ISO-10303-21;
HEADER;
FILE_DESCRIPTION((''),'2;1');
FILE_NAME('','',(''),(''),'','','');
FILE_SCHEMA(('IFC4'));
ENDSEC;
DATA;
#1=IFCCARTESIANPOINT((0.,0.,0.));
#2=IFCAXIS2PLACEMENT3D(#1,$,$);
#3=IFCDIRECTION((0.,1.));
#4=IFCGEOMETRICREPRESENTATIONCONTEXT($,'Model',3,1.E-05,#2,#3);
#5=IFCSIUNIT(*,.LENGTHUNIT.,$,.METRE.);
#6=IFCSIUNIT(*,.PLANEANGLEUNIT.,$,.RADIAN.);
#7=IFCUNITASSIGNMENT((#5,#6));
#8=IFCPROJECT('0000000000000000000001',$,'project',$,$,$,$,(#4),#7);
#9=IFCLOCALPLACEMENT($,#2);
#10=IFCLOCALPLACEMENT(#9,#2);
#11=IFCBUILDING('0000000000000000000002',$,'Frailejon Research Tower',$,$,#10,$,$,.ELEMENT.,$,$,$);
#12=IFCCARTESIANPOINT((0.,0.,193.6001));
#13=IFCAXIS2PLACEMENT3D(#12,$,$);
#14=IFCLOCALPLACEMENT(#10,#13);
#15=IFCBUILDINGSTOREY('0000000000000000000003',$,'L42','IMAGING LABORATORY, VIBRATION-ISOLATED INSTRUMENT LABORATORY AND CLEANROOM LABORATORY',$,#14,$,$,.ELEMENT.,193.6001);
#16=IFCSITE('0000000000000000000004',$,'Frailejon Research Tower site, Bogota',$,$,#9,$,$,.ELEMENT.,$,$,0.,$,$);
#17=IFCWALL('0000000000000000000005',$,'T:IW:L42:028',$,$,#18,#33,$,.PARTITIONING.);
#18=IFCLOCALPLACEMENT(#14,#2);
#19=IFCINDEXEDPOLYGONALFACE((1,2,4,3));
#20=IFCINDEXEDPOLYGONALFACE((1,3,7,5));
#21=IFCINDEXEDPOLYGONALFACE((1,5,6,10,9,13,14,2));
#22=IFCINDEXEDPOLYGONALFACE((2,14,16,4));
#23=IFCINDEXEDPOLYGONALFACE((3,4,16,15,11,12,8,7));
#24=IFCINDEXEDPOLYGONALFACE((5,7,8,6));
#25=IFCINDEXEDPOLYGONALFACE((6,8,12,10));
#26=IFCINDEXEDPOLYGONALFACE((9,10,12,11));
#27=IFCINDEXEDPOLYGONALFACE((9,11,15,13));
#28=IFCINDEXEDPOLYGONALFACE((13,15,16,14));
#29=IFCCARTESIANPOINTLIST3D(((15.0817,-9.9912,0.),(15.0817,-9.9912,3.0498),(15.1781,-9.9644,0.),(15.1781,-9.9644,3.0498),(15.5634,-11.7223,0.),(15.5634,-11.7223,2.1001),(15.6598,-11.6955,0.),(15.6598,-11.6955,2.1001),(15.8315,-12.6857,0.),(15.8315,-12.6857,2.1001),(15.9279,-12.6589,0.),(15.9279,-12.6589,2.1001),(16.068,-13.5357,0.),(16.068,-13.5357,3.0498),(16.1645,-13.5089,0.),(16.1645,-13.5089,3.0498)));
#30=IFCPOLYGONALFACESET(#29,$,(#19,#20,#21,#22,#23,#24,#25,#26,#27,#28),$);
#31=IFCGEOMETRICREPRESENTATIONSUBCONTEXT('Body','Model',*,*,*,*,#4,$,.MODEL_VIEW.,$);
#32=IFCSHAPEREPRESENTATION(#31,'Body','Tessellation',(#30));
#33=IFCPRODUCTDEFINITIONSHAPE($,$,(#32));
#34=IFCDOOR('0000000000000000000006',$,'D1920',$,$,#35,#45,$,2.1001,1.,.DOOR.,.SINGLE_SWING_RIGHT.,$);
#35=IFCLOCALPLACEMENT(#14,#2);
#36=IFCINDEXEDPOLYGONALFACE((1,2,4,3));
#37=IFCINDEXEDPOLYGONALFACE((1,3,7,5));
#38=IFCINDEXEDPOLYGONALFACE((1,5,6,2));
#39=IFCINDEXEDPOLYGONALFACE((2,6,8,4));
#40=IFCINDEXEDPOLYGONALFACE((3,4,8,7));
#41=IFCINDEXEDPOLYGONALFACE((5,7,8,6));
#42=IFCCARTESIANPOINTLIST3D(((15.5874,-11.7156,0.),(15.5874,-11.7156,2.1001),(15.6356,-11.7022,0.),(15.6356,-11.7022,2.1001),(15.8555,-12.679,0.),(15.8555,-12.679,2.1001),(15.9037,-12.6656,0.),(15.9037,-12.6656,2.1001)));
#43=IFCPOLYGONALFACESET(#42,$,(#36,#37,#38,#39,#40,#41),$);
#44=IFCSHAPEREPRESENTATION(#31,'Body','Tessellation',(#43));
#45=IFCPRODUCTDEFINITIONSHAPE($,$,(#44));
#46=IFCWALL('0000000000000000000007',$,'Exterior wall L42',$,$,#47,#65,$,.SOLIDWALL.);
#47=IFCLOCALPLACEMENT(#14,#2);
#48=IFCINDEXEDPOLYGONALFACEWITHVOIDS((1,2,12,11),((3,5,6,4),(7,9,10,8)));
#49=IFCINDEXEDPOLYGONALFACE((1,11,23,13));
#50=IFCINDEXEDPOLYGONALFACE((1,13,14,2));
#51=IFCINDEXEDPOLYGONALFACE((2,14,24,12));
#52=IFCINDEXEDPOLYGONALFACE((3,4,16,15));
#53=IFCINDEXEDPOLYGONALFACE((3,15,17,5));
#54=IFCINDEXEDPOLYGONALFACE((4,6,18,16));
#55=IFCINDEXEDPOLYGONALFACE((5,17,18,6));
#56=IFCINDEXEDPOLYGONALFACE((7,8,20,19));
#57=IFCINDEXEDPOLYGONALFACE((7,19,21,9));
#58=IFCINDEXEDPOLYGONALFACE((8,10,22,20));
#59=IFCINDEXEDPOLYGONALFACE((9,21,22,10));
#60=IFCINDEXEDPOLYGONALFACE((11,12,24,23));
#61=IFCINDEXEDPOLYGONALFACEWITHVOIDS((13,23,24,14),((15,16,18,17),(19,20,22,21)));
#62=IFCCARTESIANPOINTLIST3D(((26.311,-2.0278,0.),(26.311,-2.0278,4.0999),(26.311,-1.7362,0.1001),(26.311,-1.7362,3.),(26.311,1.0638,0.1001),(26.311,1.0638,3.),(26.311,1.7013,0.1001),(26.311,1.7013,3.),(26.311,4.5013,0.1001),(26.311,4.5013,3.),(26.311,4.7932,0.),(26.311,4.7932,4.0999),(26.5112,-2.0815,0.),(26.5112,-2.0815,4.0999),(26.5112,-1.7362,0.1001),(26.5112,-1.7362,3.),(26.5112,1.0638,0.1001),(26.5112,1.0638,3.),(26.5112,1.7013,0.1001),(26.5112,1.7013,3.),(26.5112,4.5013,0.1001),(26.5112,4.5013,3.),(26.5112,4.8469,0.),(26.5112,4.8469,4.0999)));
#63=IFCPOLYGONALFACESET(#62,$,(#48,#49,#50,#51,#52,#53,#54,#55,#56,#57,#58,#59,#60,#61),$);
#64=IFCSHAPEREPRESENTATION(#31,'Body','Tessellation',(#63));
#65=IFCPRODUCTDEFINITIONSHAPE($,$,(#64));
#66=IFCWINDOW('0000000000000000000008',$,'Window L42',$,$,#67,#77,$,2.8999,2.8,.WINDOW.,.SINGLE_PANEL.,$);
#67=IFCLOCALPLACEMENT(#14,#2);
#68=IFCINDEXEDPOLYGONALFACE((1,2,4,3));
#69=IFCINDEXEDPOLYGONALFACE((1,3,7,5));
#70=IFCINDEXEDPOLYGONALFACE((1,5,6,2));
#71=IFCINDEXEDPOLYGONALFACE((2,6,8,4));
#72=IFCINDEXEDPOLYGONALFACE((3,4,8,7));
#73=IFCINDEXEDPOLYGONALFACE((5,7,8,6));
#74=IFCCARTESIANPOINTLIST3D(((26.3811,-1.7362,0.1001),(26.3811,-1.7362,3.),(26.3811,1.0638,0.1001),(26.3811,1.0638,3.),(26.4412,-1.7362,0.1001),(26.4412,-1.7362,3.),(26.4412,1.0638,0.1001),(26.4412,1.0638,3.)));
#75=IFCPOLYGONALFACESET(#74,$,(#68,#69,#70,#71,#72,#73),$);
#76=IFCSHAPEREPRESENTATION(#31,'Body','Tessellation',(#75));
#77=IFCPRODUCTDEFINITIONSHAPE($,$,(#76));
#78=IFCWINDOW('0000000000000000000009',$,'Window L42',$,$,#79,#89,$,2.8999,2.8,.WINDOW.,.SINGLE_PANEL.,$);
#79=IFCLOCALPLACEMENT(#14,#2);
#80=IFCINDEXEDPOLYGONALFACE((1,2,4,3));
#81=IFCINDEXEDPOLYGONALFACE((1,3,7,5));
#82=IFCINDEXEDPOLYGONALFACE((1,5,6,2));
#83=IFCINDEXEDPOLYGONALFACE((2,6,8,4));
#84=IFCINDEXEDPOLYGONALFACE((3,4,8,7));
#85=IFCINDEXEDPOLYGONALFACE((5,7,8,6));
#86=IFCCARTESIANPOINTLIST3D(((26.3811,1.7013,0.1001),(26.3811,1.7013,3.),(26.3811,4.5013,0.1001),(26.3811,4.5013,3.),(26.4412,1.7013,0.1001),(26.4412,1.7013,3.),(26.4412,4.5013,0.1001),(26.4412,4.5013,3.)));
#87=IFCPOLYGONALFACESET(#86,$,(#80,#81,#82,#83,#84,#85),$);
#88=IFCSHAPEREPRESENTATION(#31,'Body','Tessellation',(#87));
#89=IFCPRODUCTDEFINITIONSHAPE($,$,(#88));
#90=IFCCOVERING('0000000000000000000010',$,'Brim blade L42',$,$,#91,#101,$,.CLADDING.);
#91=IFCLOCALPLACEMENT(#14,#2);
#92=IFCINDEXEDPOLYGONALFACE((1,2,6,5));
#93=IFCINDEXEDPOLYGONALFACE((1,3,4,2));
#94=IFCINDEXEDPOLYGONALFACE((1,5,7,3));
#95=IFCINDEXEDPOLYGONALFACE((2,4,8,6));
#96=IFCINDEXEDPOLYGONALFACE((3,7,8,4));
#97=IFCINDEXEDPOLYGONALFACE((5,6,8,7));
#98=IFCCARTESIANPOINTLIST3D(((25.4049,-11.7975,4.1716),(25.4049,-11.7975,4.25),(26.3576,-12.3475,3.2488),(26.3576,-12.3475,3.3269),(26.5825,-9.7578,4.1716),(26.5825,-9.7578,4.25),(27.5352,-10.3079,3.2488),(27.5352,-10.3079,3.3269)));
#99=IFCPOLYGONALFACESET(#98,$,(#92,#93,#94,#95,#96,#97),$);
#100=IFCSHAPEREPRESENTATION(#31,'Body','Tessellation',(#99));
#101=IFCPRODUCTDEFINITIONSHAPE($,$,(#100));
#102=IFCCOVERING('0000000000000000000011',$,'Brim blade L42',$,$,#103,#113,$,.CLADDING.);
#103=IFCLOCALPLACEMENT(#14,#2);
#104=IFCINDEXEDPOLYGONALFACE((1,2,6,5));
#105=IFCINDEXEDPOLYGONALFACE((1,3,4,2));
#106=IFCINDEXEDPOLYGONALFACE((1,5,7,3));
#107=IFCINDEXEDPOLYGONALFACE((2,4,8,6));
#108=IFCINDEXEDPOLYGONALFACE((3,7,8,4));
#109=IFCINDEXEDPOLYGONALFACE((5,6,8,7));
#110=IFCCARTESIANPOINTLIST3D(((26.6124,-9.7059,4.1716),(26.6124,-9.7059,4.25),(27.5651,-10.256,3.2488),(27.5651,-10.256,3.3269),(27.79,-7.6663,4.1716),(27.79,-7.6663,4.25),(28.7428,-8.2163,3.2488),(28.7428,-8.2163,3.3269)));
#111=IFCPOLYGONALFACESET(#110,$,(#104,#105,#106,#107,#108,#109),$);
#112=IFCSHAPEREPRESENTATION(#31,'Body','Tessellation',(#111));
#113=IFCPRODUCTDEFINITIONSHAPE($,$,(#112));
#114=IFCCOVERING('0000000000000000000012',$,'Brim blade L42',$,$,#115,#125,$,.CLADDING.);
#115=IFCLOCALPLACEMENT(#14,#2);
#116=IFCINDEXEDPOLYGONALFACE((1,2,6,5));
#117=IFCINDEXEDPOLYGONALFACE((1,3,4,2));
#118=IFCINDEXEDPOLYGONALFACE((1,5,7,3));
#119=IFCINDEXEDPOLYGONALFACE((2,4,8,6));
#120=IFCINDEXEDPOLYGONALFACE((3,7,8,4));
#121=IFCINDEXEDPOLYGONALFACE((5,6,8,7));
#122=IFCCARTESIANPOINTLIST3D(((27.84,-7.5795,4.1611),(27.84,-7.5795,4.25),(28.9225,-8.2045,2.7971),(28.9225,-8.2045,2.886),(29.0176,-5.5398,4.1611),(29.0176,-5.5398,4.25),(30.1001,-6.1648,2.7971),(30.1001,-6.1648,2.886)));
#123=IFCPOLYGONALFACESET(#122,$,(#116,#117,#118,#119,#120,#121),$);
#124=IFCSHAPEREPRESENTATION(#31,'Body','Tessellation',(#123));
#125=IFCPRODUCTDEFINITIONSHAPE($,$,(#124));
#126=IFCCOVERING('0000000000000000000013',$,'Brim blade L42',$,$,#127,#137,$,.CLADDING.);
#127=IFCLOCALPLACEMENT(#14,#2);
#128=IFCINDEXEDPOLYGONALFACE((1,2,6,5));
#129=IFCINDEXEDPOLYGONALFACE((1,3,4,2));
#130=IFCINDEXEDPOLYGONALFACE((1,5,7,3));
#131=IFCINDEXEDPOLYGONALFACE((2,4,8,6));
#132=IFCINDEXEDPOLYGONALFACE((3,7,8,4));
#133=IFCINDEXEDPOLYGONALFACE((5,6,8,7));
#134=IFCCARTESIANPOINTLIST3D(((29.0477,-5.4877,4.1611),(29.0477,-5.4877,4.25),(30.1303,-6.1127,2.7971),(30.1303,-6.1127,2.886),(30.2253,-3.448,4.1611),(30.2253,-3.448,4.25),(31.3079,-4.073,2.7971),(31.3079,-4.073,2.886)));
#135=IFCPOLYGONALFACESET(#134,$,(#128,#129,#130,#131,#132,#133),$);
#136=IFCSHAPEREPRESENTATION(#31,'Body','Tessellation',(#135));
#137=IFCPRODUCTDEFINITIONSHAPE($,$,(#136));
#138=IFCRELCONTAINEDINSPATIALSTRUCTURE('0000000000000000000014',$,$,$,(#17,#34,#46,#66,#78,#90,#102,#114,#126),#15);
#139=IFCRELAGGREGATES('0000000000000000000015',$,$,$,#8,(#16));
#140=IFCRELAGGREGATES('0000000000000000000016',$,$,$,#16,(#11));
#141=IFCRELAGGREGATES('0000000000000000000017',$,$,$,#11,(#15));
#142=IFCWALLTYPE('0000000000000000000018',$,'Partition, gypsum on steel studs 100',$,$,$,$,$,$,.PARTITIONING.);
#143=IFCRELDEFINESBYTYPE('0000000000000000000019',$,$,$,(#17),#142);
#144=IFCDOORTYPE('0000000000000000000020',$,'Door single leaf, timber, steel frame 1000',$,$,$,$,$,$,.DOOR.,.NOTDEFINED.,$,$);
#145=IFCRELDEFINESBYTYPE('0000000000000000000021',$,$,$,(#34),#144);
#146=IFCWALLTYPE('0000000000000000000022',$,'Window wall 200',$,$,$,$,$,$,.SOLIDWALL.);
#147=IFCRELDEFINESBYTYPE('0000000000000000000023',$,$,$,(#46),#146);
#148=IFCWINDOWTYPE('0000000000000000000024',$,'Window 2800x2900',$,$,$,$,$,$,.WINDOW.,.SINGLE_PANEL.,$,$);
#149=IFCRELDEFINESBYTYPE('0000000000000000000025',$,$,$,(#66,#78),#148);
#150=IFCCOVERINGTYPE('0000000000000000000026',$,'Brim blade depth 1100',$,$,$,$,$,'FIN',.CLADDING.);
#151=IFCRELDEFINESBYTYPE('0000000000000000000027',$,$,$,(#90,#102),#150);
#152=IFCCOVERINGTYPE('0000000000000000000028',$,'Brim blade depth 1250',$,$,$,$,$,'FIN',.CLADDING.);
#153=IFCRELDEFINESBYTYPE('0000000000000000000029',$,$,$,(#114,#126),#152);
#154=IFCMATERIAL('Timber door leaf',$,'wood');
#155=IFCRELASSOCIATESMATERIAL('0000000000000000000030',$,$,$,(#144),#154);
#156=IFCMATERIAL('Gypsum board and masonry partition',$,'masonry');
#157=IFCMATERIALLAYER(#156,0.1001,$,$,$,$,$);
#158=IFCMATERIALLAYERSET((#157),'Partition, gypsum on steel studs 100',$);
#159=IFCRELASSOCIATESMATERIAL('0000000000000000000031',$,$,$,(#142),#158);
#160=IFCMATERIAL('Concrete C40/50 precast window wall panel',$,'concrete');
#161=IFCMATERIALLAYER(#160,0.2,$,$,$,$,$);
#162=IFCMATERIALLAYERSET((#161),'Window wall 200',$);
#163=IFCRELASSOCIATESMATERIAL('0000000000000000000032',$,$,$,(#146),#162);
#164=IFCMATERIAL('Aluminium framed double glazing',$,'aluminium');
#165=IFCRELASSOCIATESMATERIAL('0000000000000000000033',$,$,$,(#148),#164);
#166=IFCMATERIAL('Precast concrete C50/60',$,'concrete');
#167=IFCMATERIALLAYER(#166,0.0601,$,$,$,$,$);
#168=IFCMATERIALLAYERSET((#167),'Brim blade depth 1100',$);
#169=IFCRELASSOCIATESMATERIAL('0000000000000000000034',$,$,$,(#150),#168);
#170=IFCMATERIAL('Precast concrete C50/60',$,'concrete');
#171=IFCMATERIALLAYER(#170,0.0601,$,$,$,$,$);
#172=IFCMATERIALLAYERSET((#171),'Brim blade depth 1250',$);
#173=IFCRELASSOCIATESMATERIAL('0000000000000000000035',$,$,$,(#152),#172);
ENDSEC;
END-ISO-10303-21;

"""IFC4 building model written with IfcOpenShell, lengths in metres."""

from ifc_helpers import new_model, si_unit, direction, frame, frame_2d, origin, place, context, subcontext, project, spatial, polyline, rectangle, outline, extrude, material, layer, layer_set, type_object, element, fill, save


model = new_model("IFC4")

# Units and contexts
model_context = context("Model", 3, precision=1e-05, world=origin(), true_north=direction((0.0, 1.0)))
body_context = subcontext(model_context, "Body", "Model", "MODEL_VIEW")
ifc_project = project(units=[si_unit("LENGTHUNIT", "METRE"), si_unit("PLANEANGLEUNIT", "RADIAN")], contexts=[model_context])

# Site, building, storey
site_placement = place(None, origin())
site = spatial("IfcSite", under=ifc_project, at=site_placement, Name="Frailejon Research Tower site, Bogota", CompositionType="ELEMENT", RefElevation=0.0)
building_placement = place(site_placement, origin())
building = spatial("IfcBuilding", under=site, at=building_placement, Name="Frailejon Research Tower", CompositionType="ELEMENT")
storey_placement = place(building_placement, frame((0.0, 0.0, 193.6001)))
storey = spatial("IfcBuildingStorey", under=building, at=storey_placement, Name="L42", Description="IMAGING LABORATORY, VIBRATION-ISOLATED INSTRUMENT LABORATORY AND CLEANROOM LABORATORY", CompositionType="ELEMENT", Elevation=193.6001)

# Shared definitions
ifc_material_1 = material(Name="Timber door leaf", Category="wood")
door_type = type_object("IfcDoorType", Name="Door single leaf, timber, steel frame 1000", OperationType="NOTDEFINED", PredefinedType="DOOR", material=ifc_material_1)

# Wall, opening, door
ifc_material_2 = material(Name="Gypsum board and masonry partition", Category="masonry")
ifc_layer_1 = layer(ifc_material_2, 0.1001)
ifc_layer_set_1 = layer_set([ifc_layer_1], Name="Partition, gypsum on steel studs 100")
wall_type_1 = type_object("IfcWallType", Name="Partition, gypsum on steel studs 100", PredefinedType="PARTITIONING", material=ifc_layer_set_1)
wall_1_placement = place(storey_placement, frame((15.1299, -9.9778, 0.0), z_axis=(0.0, 0.0, 1.0), x_axis=(0.268089, -0.963394, 0.0)))
wall_1 = element("IfcWall", 1, at=wall_1_placement, inside=storey, type_object=wall_type_1, Name="T:IW:L42:028", PredefinedType="PARTITIONING", context=body_context, shape_type="SweptSolid", body=[
    extrude(rectangle(XDim=3.6792, YDim=0.1001, at=frame_2d((1.8396, 0.0))), origin(), (0.0, 0.0, 1.0), 3.0498),
])
opening_1_placement = place(wall_1_placement, frame((1.7969, 0.0, 0.0)))
opening_1 = element("IfcOpeningElement", 2, at=opening_1_placement, cuts=wall_1, PredefinedType="OPENING", context=body_context, shape_type="SweptSolid", body=[
    extrude(rectangle(XDim=1.0, YDim=2.1001, at=frame_2d((0.5, 1.05))), frame((0.0, 0.0601, 0.0), z_axis=(0.0, -1.0, 0.0), x_axis=(1.0, 0.0, 0.0)), (0.0, 0.0, 1.0), 0.1201),
])
door_1_placement = place(opening_1_placement, origin())
door_1 = element("IfcDoor", 3, at=door_1_placement, inside=storey, type_object=door_type, Name="D1920", OperationType="SINGLE_SWING_RIGHT", OverallHeight=2.1001, OverallWidth=1.0, PredefinedType="DOOR", context=body_context, shape_type="SweptSolid", body=[
    extrude(rectangle(XDim=1.0, YDim=2.1001, at=frame_2d((0.5, 1.05))), frame((0.0, 0.0249, 0.0), z_axis=(0.0, -1.0, 0.0), x_axis=(1.0, 0.0, 0.0)), (0.0, 0.0, 1.0), 0.05),
])
fill(opening_1, door_1)

# Wall, openings, windows
ifc_material_3 = material(Name="Concrete C40/50 precast window wall panel", Category="concrete")
ifc_layer_2 = layer(ifc_material_3, 0.2)
ifc_layer_set_2 = layer_set([ifc_layer_2], Name="Window wall 200")
wall_type_2 = type_object("IfcWallType", Name="Window wall 200", PredefinedType="SOLIDWALL", material=ifc_layer_set_2)
wall_2_placement = place(storey_placement, frame((26.4111, -2.0547, 0.0), z_axis=(0.0, 0.0, 1.0), x_axis=(0.0, 1.0, 0.0)))
wall_2 = element("IfcWall", 4, at=wall_2_placement, inside=storey, type_object=wall_type_2, Name="Exterior wall L42", PredefinedType="SOLIDWALL", context=body_context, shape_type="SweptSolid", body=[
    extrude(outline(polyline([(-0.0269, -0.1001), (1.1279, -0.1001), (2.2827, -0.1001), (3.4375, -0.1001), (4.592, -0.1001), (5.7468, -0.1001), (6.9016, -0.1001), (6.8479, 0.1001), (5.7109, 0.1001), (4.5742, 0.1001), (3.4375, 0.1001), (2.3005, 0.1001), (1.1636, 0.1001), (0.0269, 0.1001), (-0.0269, -0.1001)])), origin(), (0.0, 0.0, 1.0), 4.0999),
])
opening_2_placement = place(wall_2_placement, frame((0.3186, 0.0, 0.1001)))
opening_2 = element("IfcOpeningElement", 5, at=opening_2_placement, cuts=wall_2, PredefinedType="OPENING", context=body_context, shape_type="SweptSolid", body=[
    extrude(rectangle(XDim=2.8, YDim=2.8999, at=frame_2d((1.3999, 1.45))), frame((0.0, 0.1099, 0.0), z_axis=(0.0, -1.0, 0.0), x_axis=(1.0, 0.0, 0.0)), (0.0, 0.0, 1.0), 0.22),
])
opening_3_placement = place(wall_2_placement, frame((3.7561, 0.0, 0.1001)))
opening_3 = element("IfcOpeningElement", 6, at=opening_3_placement, cuts=wall_2, PredefinedType="OPENING", context=body_context, shape_type="SweptSolid", body=[
    extrude(rectangle(XDim=2.8, YDim=2.8999, at=frame_2d((1.3999, 1.45))), frame((0.0, 0.1099, 0.0), z_axis=(0.0, -1.0, 0.0), x_axis=(1.0, 0.0, 0.0)), (0.0, 0.0, 1.0), 0.22),
])
ifc_material_4 = material(Name="Aluminium framed double glazing", Category="aluminium")
window_type = type_object("IfcWindowType", Name="Window 2800x2900", PartitioningType="SINGLE_PANEL", PredefinedType="WINDOW", material=ifc_material_4)
window_1_placement = place(opening_2_placement, origin())
window_1 = element("IfcWindow", 7, at=window_1_placement, inside=storey, type_object=window_type, Name="Window L42", OverallHeight=2.8999, OverallWidth=2.8, PartitioningType="SINGLE_PANEL", PredefinedType="WINDOW", context=body_context, shape_type="SweptSolid", body=[
    extrude(rectangle(XDim=2.8, YDim=2.8999, at=frame_2d((1.3999, 1.45))), frame((0.0, 0.03, 0.0), z_axis=(0.0, -1.0, 0.0), x_axis=(1.0, 0.0, 0.0)), (0.0, 0.0, 1.0), 0.0601),
])
fill(opening_2, window_1)
window_2_placement = place(opening_3_placement, origin())
window_2 = element("IfcWindow", 8, at=window_2_placement, inside=storey, type_object=window_type, Name="Window L42", OverallHeight=2.8999, OverallWidth=2.8, PartitioningType="SINGLE_PANEL", PredefinedType="WINDOW", context=body_context, shape_type="SweptSolid", body=[
    extrude(rectangle(XDim=2.8, YDim=2.8999, at=frame_2d((1.3999, 1.45))), frame((0.0, 0.03, 0.0), z_axis=(0.0, -1.0, 0.0), x_axis=(1.0, 0.0, 0.0)), (0.0, 0.0, 1.0), 0.0601),
])
fill(opening_3, window_2)

# Coverings
ifc_material_5 = material(Name="Precast concrete C50/60", Category="concrete")
ifc_layer_3 = layer(ifc_material_5, 0.0601)
ifc_layer_set_3 = layer_set([ifc_layer_3], Name="Brim blade depth 1100")
covering_type_1 = type_object("IfcCoveringType", Name="Brim blade depth 1100", ElementType="FIN", PredefinedType="CLADDING", material=ifc_layer_set_3)
for number, where, z_axis, x_axis, name in (
    (9, (26.5825, -9.7578, 4.25), (-0.499997, -0.866027, 0.0), (0.866027, -0.499997, 0.0), "Brim blade L42"),
    (10, (27.79, -7.6663, 4.25), (-0.499997, -0.866027, 0.0), (0.866027, -0.499997, 0.0), "Brim blade L42"),
):
    element("IfcCovering", number, at=place(storey_placement, frame(where, z_axis=z_axis, x_axis=x_axis)), inside=storey, type_object=covering_type_1, Name=name, PredefinedType="CLADDING", context=body_context, shape_type="SweptSolid", body=[
        extrude(outline(polyline([(0.0, -0.0784), (1.1001, -1.0012), (1.1001, -0.9231), (0.0, 0.0), (0.0, -0.0784)])), origin(), (0.0, 0.0, 1.0), 2.3552),
    ])
ifc_material_6 = material(Name="Precast concrete C50/60", Category="concrete")
ifc_layer_4 = layer(ifc_material_6, 0.0601)
ifc_layer_set_4 = layer_set([ifc_layer_4], Name="Brim blade depth 1250")
covering_type_2 = type_object("IfcCoveringType", Name="Brim blade depth 1250", ElementType="FIN", PredefinedType="CLADDING", material=ifc_layer_set_4)
for number, where, z_axis, x_axis, name in (
    (11, (29.0176, -5.5398, 4.25), (-0.499997, -0.866027, 0.0), (0.866027, -0.499997, 0.0), "Brim blade L42"),
    (12, (30.2253, -3.448, 4.25), (-0.499997, -0.866027, 0.0), (0.866027, -0.499997, 0.0), "Brim blade L42"),
):
    element("IfcCovering", number, at=place(storey_placement, frame(where, z_axis=z_axis, x_axis=x_axis)), inside=storey, type_object=covering_type_2, Name=name, PredefinedType="CLADDING", context=body_context, shape_type="SweptSolid", body=[
        extrude(outline(polyline([(0.0, -0.0889), (1.25, -1.4529), (1.25, -1.364), (0.0, 0.0), (0.0, -0.0889)])), origin(), (0.0, 0.0, 1.0), 2.3552),
    ])

save(model, "model.ifc")
